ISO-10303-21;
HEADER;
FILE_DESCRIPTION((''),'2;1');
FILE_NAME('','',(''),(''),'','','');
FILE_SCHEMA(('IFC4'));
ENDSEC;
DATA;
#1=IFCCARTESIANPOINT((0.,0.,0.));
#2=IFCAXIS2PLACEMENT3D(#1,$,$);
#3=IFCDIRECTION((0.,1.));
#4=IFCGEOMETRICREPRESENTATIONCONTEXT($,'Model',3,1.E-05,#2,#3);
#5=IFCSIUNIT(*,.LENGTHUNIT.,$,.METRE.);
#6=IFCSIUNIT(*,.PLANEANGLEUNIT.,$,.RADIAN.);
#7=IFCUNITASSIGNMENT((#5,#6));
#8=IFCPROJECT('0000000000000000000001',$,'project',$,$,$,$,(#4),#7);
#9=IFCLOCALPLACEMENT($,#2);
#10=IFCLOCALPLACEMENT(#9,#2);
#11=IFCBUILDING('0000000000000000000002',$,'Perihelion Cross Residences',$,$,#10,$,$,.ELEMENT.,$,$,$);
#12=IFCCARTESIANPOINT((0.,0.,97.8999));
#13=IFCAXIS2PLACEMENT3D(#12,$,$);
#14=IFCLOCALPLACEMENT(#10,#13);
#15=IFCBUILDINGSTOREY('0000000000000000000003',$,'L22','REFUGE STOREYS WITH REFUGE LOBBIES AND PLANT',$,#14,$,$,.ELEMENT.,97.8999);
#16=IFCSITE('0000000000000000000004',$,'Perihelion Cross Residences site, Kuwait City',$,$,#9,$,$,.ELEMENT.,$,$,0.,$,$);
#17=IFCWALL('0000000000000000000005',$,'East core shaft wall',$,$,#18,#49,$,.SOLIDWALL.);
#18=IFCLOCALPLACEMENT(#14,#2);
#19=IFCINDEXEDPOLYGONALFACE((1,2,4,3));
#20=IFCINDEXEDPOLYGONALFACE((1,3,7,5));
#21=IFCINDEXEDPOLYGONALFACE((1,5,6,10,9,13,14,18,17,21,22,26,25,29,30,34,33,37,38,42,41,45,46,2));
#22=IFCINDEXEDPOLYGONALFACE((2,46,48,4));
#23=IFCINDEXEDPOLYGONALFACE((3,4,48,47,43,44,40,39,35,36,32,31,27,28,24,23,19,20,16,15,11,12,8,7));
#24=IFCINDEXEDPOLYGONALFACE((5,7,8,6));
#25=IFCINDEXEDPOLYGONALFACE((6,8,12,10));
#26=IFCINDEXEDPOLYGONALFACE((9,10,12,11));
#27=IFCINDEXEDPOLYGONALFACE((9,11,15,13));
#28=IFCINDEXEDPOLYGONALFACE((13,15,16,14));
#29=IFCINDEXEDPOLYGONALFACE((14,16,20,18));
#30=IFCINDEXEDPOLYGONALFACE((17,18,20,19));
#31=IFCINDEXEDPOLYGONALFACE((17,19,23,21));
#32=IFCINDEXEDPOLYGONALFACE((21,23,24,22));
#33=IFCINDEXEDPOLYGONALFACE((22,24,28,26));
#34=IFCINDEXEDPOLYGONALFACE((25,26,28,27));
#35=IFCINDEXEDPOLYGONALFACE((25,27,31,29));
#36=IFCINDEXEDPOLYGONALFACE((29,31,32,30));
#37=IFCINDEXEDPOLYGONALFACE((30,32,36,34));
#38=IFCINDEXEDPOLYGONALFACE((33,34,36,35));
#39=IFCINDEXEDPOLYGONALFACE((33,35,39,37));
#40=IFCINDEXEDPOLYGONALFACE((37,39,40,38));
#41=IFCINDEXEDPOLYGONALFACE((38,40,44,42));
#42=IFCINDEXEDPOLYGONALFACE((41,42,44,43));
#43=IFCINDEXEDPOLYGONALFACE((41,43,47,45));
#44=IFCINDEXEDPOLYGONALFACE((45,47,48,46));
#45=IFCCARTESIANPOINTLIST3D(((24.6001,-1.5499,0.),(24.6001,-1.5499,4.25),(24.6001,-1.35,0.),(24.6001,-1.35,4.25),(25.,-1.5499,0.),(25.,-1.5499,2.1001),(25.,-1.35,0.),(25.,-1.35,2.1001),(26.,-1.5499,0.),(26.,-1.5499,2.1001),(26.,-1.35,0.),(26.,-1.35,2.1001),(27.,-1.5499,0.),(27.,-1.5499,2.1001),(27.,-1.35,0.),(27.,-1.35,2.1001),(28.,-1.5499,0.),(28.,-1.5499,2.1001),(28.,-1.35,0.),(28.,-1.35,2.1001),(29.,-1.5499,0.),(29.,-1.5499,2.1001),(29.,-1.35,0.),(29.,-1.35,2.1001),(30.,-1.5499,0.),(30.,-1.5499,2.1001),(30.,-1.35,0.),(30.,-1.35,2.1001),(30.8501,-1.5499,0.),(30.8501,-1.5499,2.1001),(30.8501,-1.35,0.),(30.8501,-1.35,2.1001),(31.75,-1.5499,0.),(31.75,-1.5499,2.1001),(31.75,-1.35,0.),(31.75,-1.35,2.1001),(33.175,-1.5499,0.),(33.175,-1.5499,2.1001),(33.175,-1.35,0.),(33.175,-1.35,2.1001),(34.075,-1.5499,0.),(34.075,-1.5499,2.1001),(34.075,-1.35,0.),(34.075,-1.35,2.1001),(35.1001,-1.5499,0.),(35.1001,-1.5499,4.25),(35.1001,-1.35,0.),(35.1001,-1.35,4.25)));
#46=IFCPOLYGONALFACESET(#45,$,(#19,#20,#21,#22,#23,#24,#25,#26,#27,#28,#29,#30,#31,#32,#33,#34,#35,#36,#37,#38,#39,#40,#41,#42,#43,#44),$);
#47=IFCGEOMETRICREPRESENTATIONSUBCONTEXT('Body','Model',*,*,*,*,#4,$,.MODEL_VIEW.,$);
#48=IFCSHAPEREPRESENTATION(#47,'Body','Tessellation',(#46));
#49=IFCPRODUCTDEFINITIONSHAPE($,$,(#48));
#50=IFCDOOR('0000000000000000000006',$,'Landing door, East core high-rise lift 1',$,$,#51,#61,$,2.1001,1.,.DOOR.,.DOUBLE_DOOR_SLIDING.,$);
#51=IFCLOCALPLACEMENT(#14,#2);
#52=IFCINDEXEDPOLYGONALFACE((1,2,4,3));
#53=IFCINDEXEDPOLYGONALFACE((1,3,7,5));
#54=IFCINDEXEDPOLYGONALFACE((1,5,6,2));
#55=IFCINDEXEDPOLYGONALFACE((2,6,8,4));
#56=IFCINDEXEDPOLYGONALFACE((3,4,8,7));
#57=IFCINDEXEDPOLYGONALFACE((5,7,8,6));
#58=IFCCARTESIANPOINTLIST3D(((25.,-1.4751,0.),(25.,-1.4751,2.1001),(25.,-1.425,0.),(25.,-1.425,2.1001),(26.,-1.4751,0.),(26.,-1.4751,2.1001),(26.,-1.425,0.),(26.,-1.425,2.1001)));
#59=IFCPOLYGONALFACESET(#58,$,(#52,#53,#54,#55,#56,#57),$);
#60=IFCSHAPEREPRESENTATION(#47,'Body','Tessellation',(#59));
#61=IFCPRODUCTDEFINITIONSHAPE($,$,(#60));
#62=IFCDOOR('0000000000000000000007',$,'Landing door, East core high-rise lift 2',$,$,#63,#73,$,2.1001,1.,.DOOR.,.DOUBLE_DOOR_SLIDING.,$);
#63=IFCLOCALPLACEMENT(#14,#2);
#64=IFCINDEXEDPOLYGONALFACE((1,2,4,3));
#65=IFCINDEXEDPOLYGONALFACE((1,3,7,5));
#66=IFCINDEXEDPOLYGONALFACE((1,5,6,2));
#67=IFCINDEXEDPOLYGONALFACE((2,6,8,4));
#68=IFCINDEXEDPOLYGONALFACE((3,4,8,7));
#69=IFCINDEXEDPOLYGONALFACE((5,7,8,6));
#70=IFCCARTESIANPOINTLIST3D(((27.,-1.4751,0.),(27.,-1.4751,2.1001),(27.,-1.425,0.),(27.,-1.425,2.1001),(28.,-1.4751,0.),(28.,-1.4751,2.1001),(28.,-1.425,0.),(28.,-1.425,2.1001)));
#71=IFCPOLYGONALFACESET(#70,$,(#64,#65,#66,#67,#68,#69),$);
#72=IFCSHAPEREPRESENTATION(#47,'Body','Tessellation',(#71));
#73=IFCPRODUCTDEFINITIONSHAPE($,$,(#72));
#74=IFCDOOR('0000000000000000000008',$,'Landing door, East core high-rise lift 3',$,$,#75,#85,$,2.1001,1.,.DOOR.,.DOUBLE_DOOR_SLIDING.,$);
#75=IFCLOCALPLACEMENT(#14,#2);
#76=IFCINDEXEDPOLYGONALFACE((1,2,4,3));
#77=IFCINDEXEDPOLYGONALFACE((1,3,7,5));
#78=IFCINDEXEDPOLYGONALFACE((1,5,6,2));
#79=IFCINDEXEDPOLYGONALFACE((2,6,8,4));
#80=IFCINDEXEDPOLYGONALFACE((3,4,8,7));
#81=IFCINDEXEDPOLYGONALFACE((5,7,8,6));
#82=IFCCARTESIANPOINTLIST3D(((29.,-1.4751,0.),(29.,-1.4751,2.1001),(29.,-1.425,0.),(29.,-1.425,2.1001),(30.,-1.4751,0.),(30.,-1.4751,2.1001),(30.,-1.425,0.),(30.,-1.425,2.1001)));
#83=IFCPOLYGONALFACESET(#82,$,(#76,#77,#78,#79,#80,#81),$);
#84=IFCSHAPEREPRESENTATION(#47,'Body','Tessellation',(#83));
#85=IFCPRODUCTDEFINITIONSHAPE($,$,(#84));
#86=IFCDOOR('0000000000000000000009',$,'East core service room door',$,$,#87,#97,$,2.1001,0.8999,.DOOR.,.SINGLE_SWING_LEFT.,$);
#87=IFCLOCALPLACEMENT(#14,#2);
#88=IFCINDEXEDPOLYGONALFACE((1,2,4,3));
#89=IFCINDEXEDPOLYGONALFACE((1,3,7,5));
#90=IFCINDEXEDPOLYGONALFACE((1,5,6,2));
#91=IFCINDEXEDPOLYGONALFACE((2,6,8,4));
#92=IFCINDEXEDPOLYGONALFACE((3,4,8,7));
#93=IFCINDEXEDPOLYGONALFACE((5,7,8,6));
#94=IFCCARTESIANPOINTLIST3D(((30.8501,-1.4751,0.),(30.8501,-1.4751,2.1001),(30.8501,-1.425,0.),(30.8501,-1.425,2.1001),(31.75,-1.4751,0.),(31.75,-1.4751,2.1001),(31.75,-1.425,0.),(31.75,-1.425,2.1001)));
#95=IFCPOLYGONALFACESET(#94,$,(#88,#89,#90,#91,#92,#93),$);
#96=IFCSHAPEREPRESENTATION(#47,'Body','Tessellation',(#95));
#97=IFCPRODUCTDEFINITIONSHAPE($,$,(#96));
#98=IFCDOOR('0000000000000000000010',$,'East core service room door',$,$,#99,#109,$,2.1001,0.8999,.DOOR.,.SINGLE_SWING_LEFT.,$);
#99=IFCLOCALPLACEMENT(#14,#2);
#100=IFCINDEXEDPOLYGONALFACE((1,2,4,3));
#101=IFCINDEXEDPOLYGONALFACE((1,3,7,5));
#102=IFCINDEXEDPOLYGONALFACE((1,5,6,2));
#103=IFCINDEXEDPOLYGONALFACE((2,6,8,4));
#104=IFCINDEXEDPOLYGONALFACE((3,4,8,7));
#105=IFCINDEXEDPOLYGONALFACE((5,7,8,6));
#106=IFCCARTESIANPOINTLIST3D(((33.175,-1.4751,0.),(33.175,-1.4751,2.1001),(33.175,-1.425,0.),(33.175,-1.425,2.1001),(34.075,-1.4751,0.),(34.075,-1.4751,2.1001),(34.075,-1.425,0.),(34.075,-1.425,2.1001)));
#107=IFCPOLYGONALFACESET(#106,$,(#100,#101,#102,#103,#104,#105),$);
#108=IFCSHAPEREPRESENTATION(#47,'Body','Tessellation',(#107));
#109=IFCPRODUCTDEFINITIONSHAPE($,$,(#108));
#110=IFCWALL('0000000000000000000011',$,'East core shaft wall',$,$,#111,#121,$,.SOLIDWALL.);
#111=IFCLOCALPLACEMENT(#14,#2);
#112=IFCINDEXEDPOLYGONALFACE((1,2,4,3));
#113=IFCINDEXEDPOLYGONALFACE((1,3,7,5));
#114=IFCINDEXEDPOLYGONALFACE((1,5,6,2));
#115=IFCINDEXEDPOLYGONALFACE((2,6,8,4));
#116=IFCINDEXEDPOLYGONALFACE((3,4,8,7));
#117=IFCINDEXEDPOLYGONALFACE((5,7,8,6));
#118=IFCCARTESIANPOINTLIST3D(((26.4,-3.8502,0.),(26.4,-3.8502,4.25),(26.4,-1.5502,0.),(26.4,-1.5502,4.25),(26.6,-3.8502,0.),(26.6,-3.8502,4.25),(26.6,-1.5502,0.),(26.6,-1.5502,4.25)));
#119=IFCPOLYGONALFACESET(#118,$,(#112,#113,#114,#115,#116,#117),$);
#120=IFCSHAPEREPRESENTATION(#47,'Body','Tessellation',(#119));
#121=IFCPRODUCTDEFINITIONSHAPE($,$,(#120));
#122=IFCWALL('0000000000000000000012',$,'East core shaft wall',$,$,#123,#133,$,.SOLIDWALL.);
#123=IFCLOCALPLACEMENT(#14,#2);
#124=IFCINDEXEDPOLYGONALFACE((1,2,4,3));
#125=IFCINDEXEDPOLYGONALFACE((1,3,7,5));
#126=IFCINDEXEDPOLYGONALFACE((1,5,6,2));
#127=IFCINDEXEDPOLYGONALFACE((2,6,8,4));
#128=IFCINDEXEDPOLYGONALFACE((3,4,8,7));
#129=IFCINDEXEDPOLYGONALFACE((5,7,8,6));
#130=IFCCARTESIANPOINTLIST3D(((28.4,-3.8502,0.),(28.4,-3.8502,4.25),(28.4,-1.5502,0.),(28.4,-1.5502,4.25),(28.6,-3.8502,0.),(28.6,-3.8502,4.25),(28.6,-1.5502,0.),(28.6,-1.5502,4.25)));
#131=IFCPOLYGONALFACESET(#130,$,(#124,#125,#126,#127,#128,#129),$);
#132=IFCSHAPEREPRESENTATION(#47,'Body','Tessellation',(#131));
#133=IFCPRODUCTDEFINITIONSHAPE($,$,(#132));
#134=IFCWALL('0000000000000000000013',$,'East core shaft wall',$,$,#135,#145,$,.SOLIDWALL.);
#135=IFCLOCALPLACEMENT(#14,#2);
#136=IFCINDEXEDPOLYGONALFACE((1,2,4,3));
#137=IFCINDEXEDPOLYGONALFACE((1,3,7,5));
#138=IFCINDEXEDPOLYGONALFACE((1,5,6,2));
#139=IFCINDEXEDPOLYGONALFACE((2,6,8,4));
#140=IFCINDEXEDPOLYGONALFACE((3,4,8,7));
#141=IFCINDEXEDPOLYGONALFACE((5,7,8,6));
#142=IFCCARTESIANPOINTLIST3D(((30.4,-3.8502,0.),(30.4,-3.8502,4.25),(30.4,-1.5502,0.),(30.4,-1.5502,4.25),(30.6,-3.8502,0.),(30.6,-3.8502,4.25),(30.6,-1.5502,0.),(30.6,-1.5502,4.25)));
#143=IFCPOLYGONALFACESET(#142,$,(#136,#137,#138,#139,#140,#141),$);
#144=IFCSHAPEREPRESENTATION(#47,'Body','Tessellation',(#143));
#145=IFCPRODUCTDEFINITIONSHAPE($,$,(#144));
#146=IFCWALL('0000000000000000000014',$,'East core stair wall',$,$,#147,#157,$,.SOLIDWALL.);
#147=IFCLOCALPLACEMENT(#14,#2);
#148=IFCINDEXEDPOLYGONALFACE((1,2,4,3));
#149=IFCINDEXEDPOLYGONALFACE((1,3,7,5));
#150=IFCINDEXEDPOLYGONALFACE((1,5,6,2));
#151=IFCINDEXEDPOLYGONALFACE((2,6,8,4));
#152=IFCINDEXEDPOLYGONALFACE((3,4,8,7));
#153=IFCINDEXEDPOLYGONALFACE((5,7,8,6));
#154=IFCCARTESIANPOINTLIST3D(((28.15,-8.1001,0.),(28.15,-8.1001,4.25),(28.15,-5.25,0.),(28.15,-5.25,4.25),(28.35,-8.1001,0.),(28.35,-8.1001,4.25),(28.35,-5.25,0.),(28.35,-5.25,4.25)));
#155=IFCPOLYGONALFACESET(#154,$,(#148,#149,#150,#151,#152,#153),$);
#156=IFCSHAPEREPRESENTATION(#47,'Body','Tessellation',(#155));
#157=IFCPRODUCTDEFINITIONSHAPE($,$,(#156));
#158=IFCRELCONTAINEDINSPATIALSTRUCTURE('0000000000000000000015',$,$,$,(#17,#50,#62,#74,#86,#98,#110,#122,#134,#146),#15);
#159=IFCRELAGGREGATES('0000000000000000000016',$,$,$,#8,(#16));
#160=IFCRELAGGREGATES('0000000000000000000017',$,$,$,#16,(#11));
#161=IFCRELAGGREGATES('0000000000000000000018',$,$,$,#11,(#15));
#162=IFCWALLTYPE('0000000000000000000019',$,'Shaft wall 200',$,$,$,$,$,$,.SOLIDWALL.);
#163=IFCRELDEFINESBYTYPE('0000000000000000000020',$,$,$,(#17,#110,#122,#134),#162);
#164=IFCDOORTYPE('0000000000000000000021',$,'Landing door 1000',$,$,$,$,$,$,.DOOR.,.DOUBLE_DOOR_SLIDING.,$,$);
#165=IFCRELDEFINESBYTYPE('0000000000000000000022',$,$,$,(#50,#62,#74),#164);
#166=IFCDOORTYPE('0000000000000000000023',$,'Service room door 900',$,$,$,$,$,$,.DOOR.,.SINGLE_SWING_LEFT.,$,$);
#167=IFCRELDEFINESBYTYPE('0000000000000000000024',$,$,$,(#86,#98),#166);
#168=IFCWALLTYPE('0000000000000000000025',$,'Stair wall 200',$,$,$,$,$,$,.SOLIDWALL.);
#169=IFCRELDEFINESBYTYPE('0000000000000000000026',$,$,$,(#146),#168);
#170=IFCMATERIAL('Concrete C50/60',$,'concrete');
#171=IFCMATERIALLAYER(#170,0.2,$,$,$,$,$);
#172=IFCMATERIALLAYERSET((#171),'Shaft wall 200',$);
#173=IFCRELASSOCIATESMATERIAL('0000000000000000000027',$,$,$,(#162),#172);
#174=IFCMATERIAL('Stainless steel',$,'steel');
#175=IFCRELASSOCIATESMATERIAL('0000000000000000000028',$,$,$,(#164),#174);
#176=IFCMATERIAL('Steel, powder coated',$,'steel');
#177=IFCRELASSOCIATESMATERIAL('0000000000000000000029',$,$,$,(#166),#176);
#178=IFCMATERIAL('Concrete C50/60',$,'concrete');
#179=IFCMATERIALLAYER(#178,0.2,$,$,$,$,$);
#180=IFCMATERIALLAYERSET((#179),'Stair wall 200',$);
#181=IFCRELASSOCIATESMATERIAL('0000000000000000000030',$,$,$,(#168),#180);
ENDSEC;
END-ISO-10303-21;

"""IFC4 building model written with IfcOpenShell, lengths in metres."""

from ifc_helpers import new_model, si_unit, direction, frame, frame_2d, origin, place, context, subcontext, project, spatial, rectangle, extrude, material, layer, layer_set, type_object, element, fill, save


model = new_model("IFC4")

# Units and contexts
model_context = context("Model", 3, precision=1e-05, world=origin(), true_north=direction((0.0, 1.0)))
body_context = subcontext(model_context, "Body", "Model", "MODEL_VIEW")
ifc_project = project(units=[si_unit("LENGTHUNIT", "METRE"), si_unit("PLANEANGLEUNIT", "RADIAN")], contexts=[model_context])

# Site, building, storey
site_placement = place(None, origin())
site = spatial("IfcSite", under=ifc_project, at=site_placement, Name="Perihelion Cross Residences site, Kuwait City", CompositionType="ELEMENT", RefElevation=0.0)
building_placement = place(site_placement, origin())
building = spatial("IfcBuilding", under=site, at=building_placement, Name="Perihelion Cross Residences", CompositionType="ELEMENT")
storey_placement = place(building_placement, frame((0.0, 0.0, 97.8999)))
storey = spatial("IfcBuildingStorey", under=building, at=storey_placement, Name="L22", Description="REFUGE STOREYS WITH REFUGE LOBBIES AND PLANT", CompositionType="ELEMENT", Elevation=97.8999)

# Wall, openings, doors
ifc_material_1 = material(Name="Concrete C50/60", Category="concrete")
ifc_layer_1 = layer(ifc_material_1, 0.2)
ifc_layer_set_1 = layer_set([ifc_layer_1], Name="Shaft wall 200")
wall_type_1 = type_object("IfcWallType", Name="Shaft wall 200", PredefinedType="SOLIDWALL", material=ifc_layer_set_1)
wall_1_placement = place(storey_placement, frame((24.6001, -1.45, 0.0), z_axis=(0.0, 0.0, 1.0), x_axis=(1.0, 0.0, 0.0)))
wall_1 = element("IfcWall", 1, at=wall_1_placement, inside=storey, type_object=wall_type_1, Name="East core shaft wall", PredefinedType="SOLIDWALL", context=body_context, shape_type="SweptSolid", body=[
    extrude(rectangle(XDim=10.5, YDim=0.2, at=frame_2d((5.25, 0.0))), origin(), (0.0, 0.0, 1.0), 4.25),
])
opening_1_placement = place(wall_1_placement, frame((0.3999, 0.0, 0.0)))
opening_1 = element("IfcOpeningElement", 2, at=opening_1_placement, cuts=wall_1, PredefinedType="OPENING", context=body_context, shape_type="SweptSolid", body=[
    extrude(rectangle(XDim=1.0, YDim=2.1001, at=frame_2d((0.5, 1.05))), frame((0.0, 0.1099, 0.0), z_axis=(0.0, -1.0, 0.0), x_axis=(1.0, 0.0, 0.0)), (0.0, 0.0, 1.0), 0.22),
])
opening_2_placement = place(wall_1_placement, frame((2.3999, 0.0, 0.0)))
opening_2 = element("IfcOpeningElement", 3, at=opening_2_placement, cuts=wall_1, PredefinedType="OPENING", context=body_context, shape_type="SweptSolid", body=[
    extrude(rectangle(XDim=1.0, YDim=2.1001, at=frame_2d((0.5, 1.05))), frame((0.0, 0.1099, 0.0), z_axis=(0.0, -1.0, 0.0), x_axis=(1.0, 0.0, 0.0)), (0.0, 0.0, 1.0), 0.22),
])
opening_3_placement = place(wall_1_placement, frame((4.3999, 0.0, 0.0)))
opening_3 = element("IfcOpeningElement", 4, at=opening_3_placement, cuts=wall_1, PredefinedType="OPENING", context=body_context, shape_type="SweptSolid", body=[
    extrude(rectangle(XDim=1.0, YDim=2.1001, at=frame_2d((0.5, 1.05))), frame((0.0, 0.1099, 0.0), z_axis=(0.0, -1.0, 0.0), x_axis=(1.0, 0.0, 0.0)), (0.0, 0.0, 1.0), 0.22),
])
opening_4_placement = place(wall_1_placement, frame((6.25, 0.0, 0.0)))
opening_4 = element("IfcOpeningElement", 5, at=opening_4_placement, cuts=wall_1, PredefinedType="OPENING", context=body_context, shape_type="SweptSolid", body=[
    extrude(rectangle(XDim=0.8999, YDim=2.1001, at=frame_2d((0.45, 1.05))), frame((0.0, 0.1099, 0.0), z_axis=(0.0, -1.0, 0.0), x_axis=(1.0, 0.0, 0.0)), (0.0, 0.0, 1.0), 0.22),
])
opening_5_placement = place(wall_1_placement, frame((8.575, 0.0, 0.0)))
opening_5 = element("IfcOpeningElement", 6, at=opening_5_placement, cuts=wall_1, PredefinedType="OPENING", context=body_context, shape_type="SweptSolid", body=[
    extrude(rectangle(XDim=0.8999, YDim=2.1001, at=frame_2d((0.45, 1.05))), frame((0.0, 0.1099, 0.0), z_axis=(0.0, -1.0, 0.0), x_axis=(1.0, 0.0, 0.0)), (0.0, 0.0, 1.0), 0.22),
])
ifc_material_2 = material(Name="Stainless steel", Category="steel")
door_type_1 = type_object("IfcDoorType", Name="Landing door 1000", OperationType="DOUBLE_DOOR_SLIDING", PredefinedType="DOOR", material=ifc_material_2)
door_1_placement = place(opening_1_placement, origin())
door_1 = element("IfcDoor", 7, at=door_1_placement, inside=storey, type_object=door_type_1, Name="Landing door, East core high-rise lift 1", OperationType="DOUBLE_DOOR_SLIDING", OverallHeight=2.1001, OverallWidth=1.0, PredefinedType="DOOR", context=body_context, shape_type="SweptSolid", body=[
    extrude(rectangle(XDim=1.0, YDim=2.1001, at=frame_2d((0.5, 1.05))), frame((0.0, 0.0249, 0.0), z_axis=(0.0, -1.0, 0.0), x_axis=(1.0, 0.0, 0.0)), (0.0, 0.0, 1.0), 0.05),
])
fill(opening_1, door_1)
door_2_placement = place(opening_2_placement, origin())
door_2 = element("IfcDoor", 8, at=door_2_placement, inside=storey, type_object=door_type_1, Name="Landing door, East core high-rise lift 2", OperationType="DOUBLE_DOOR_SLIDING", OverallHeight=2.1001, OverallWidth=1.0, PredefinedType="DOOR", context=body_context, shape_type="SweptSolid", body=[
    extrude(rectangle(XDim=1.0, YDim=2.1001, at=frame_2d((0.5, 1.05))), frame((0.0, 0.0249, 0.0), z_axis=(0.0, -1.0, 0.0), x_axis=(1.0, 0.0, 0.0)), (0.0, 0.0, 1.0), 0.05),
])
fill(opening_2, door_2)
door_3_placement = place(opening_3_placement, origin())
door_3 = element("IfcDoor", 9, at=door_3_placement, inside=storey, type_object=door_type_1, Name="Landing door, East core high-rise lift 3", OperationType="DOUBLE_DOOR_SLIDING", OverallHeight=2.1001, OverallWidth=1.0, PredefinedType="DOOR", context=body_context, shape_type="SweptSolid", body=[
    extrude(rectangle(XDim=1.0, YDim=2.1001, at=frame_2d((0.5, 1.05))), frame((0.0, 0.0249, 0.0), z_axis=(0.0, -1.0, 0.0), x_axis=(1.0, 0.0, 0.0)), (0.0, 0.0, 1.0), 0.05),
])
fill(opening_3, door_3)
ifc_material_3 = material(Name="Steel, powder coated", Category="steel")
door_type_2 = type_object("IfcDoorType", Name="Service room door 900", OperationType="SINGLE_SWING_LEFT", PredefinedType="DOOR", material=ifc_material_3)
door_4_placement = place(opening_4_placement, origin())
door_4 = element("IfcDoor", 10, at=door_4_placement, inside=storey, type_object=door_type_2, Name="East core service room door", OperationType="SINGLE_SWING_LEFT", OverallHeight=2.1001, OverallWidth=0.8999, PredefinedType="DOOR", context=body_context, shape_type="SweptSolid", body=[
    extrude(rectangle(XDim=0.8999, YDim=2.1001, at=frame_2d((0.45, 1.05))), frame((0.0, 0.0249, 0.0), z_axis=(0.0, -1.0, 0.0), x_axis=(1.0, 0.0, 0.0)), (0.0, 0.0, 1.0), 0.05),
])
fill(opening_4, door_4)
door_5_placement = place(opening_5_placement, origin())
door_5 = element("IfcDoor", 11, at=door_5_placement, inside=storey, type_object=door_type_2, Name="East core service room door", OperationType="SINGLE_SWING_LEFT", OverallHeight=2.1001, OverallWidth=0.8999, PredefinedType="DOOR", context=body_context, shape_type="SweptSolid", body=[
    extrude(rectangle(XDim=0.8999, YDim=2.1001, at=frame_2d((0.45, 1.05))), frame((0.0, 0.0249, 0.0), z_axis=(0.0, -1.0, 0.0), x_axis=(1.0, 0.0, 0.0)), (0.0, 0.0, 1.0), 0.05),
])
fill(opening_5, door_5)

# Walls
for number, where, z_axis, x_axis, name in (
    (12, (26.5, -3.8501, 0.0), (0.0, 0.0, 1.0), (0.0, 1.0, 0.0), "East core shaft wall"),
    (13, (28.5, -3.8501, 0.0), (0.0, 0.0, 1.0), (0.0, 1.0, 0.0), "East core shaft wall"),
    (14, (30.5, -3.8501, 0.0), (0.0, 0.0, 1.0), (0.0, 1.0, 0.0), "East core shaft wall"),
):
    element("IfcWall", number, at=place(storey_placement, frame(where, z_axis=z_axis, x_axis=x_axis)), inside=storey, type_object=wall_type_1, Name=name, PredefinedType="SOLIDWALL", context=body_context, shape_type="SweptSolid", body=[
        extrude(rectangle(XDim=2.3, YDim=0.2, at=frame_2d((1.1499, 0.0))), origin(), (0.0, 0.0, 1.0), 4.25),
    ])
ifc_material_4 = material(Name="Concrete C50/60", Category="concrete")
ifc_layer_2 = layer(ifc_material_4, 0.2)
ifc_layer_set_2 = layer_set([ifc_layer_2], Name="Stair wall 200")
wall_type_2 = type_object("IfcWallType", Name="Stair wall 200", PredefinedType="SOLIDWALL", material=ifc_layer_set_2)
wall_2_placement = place(storey_placement, frame((28.25, -8.1001, 0.0), z_axis=(0.0, 0.0, 1.0), x_axis=(0.0, 1.0, 0.0)))
element("IfcWall", 15, at=wall_2_placement, inside=storey, type_object=wall_type_2, Name="East core stair wall", PredefinedType="SOLIDWALL", context=body_context, shape_type="SweptSolid", body=[
    extrude(rectangle(XDim=2.8501, YDim=0.2, at=frame_2d((1.425, 0.0))), origin(), (0.0, 0.0, 1.0), 4.25),
])

save(model, "model.ifc")
